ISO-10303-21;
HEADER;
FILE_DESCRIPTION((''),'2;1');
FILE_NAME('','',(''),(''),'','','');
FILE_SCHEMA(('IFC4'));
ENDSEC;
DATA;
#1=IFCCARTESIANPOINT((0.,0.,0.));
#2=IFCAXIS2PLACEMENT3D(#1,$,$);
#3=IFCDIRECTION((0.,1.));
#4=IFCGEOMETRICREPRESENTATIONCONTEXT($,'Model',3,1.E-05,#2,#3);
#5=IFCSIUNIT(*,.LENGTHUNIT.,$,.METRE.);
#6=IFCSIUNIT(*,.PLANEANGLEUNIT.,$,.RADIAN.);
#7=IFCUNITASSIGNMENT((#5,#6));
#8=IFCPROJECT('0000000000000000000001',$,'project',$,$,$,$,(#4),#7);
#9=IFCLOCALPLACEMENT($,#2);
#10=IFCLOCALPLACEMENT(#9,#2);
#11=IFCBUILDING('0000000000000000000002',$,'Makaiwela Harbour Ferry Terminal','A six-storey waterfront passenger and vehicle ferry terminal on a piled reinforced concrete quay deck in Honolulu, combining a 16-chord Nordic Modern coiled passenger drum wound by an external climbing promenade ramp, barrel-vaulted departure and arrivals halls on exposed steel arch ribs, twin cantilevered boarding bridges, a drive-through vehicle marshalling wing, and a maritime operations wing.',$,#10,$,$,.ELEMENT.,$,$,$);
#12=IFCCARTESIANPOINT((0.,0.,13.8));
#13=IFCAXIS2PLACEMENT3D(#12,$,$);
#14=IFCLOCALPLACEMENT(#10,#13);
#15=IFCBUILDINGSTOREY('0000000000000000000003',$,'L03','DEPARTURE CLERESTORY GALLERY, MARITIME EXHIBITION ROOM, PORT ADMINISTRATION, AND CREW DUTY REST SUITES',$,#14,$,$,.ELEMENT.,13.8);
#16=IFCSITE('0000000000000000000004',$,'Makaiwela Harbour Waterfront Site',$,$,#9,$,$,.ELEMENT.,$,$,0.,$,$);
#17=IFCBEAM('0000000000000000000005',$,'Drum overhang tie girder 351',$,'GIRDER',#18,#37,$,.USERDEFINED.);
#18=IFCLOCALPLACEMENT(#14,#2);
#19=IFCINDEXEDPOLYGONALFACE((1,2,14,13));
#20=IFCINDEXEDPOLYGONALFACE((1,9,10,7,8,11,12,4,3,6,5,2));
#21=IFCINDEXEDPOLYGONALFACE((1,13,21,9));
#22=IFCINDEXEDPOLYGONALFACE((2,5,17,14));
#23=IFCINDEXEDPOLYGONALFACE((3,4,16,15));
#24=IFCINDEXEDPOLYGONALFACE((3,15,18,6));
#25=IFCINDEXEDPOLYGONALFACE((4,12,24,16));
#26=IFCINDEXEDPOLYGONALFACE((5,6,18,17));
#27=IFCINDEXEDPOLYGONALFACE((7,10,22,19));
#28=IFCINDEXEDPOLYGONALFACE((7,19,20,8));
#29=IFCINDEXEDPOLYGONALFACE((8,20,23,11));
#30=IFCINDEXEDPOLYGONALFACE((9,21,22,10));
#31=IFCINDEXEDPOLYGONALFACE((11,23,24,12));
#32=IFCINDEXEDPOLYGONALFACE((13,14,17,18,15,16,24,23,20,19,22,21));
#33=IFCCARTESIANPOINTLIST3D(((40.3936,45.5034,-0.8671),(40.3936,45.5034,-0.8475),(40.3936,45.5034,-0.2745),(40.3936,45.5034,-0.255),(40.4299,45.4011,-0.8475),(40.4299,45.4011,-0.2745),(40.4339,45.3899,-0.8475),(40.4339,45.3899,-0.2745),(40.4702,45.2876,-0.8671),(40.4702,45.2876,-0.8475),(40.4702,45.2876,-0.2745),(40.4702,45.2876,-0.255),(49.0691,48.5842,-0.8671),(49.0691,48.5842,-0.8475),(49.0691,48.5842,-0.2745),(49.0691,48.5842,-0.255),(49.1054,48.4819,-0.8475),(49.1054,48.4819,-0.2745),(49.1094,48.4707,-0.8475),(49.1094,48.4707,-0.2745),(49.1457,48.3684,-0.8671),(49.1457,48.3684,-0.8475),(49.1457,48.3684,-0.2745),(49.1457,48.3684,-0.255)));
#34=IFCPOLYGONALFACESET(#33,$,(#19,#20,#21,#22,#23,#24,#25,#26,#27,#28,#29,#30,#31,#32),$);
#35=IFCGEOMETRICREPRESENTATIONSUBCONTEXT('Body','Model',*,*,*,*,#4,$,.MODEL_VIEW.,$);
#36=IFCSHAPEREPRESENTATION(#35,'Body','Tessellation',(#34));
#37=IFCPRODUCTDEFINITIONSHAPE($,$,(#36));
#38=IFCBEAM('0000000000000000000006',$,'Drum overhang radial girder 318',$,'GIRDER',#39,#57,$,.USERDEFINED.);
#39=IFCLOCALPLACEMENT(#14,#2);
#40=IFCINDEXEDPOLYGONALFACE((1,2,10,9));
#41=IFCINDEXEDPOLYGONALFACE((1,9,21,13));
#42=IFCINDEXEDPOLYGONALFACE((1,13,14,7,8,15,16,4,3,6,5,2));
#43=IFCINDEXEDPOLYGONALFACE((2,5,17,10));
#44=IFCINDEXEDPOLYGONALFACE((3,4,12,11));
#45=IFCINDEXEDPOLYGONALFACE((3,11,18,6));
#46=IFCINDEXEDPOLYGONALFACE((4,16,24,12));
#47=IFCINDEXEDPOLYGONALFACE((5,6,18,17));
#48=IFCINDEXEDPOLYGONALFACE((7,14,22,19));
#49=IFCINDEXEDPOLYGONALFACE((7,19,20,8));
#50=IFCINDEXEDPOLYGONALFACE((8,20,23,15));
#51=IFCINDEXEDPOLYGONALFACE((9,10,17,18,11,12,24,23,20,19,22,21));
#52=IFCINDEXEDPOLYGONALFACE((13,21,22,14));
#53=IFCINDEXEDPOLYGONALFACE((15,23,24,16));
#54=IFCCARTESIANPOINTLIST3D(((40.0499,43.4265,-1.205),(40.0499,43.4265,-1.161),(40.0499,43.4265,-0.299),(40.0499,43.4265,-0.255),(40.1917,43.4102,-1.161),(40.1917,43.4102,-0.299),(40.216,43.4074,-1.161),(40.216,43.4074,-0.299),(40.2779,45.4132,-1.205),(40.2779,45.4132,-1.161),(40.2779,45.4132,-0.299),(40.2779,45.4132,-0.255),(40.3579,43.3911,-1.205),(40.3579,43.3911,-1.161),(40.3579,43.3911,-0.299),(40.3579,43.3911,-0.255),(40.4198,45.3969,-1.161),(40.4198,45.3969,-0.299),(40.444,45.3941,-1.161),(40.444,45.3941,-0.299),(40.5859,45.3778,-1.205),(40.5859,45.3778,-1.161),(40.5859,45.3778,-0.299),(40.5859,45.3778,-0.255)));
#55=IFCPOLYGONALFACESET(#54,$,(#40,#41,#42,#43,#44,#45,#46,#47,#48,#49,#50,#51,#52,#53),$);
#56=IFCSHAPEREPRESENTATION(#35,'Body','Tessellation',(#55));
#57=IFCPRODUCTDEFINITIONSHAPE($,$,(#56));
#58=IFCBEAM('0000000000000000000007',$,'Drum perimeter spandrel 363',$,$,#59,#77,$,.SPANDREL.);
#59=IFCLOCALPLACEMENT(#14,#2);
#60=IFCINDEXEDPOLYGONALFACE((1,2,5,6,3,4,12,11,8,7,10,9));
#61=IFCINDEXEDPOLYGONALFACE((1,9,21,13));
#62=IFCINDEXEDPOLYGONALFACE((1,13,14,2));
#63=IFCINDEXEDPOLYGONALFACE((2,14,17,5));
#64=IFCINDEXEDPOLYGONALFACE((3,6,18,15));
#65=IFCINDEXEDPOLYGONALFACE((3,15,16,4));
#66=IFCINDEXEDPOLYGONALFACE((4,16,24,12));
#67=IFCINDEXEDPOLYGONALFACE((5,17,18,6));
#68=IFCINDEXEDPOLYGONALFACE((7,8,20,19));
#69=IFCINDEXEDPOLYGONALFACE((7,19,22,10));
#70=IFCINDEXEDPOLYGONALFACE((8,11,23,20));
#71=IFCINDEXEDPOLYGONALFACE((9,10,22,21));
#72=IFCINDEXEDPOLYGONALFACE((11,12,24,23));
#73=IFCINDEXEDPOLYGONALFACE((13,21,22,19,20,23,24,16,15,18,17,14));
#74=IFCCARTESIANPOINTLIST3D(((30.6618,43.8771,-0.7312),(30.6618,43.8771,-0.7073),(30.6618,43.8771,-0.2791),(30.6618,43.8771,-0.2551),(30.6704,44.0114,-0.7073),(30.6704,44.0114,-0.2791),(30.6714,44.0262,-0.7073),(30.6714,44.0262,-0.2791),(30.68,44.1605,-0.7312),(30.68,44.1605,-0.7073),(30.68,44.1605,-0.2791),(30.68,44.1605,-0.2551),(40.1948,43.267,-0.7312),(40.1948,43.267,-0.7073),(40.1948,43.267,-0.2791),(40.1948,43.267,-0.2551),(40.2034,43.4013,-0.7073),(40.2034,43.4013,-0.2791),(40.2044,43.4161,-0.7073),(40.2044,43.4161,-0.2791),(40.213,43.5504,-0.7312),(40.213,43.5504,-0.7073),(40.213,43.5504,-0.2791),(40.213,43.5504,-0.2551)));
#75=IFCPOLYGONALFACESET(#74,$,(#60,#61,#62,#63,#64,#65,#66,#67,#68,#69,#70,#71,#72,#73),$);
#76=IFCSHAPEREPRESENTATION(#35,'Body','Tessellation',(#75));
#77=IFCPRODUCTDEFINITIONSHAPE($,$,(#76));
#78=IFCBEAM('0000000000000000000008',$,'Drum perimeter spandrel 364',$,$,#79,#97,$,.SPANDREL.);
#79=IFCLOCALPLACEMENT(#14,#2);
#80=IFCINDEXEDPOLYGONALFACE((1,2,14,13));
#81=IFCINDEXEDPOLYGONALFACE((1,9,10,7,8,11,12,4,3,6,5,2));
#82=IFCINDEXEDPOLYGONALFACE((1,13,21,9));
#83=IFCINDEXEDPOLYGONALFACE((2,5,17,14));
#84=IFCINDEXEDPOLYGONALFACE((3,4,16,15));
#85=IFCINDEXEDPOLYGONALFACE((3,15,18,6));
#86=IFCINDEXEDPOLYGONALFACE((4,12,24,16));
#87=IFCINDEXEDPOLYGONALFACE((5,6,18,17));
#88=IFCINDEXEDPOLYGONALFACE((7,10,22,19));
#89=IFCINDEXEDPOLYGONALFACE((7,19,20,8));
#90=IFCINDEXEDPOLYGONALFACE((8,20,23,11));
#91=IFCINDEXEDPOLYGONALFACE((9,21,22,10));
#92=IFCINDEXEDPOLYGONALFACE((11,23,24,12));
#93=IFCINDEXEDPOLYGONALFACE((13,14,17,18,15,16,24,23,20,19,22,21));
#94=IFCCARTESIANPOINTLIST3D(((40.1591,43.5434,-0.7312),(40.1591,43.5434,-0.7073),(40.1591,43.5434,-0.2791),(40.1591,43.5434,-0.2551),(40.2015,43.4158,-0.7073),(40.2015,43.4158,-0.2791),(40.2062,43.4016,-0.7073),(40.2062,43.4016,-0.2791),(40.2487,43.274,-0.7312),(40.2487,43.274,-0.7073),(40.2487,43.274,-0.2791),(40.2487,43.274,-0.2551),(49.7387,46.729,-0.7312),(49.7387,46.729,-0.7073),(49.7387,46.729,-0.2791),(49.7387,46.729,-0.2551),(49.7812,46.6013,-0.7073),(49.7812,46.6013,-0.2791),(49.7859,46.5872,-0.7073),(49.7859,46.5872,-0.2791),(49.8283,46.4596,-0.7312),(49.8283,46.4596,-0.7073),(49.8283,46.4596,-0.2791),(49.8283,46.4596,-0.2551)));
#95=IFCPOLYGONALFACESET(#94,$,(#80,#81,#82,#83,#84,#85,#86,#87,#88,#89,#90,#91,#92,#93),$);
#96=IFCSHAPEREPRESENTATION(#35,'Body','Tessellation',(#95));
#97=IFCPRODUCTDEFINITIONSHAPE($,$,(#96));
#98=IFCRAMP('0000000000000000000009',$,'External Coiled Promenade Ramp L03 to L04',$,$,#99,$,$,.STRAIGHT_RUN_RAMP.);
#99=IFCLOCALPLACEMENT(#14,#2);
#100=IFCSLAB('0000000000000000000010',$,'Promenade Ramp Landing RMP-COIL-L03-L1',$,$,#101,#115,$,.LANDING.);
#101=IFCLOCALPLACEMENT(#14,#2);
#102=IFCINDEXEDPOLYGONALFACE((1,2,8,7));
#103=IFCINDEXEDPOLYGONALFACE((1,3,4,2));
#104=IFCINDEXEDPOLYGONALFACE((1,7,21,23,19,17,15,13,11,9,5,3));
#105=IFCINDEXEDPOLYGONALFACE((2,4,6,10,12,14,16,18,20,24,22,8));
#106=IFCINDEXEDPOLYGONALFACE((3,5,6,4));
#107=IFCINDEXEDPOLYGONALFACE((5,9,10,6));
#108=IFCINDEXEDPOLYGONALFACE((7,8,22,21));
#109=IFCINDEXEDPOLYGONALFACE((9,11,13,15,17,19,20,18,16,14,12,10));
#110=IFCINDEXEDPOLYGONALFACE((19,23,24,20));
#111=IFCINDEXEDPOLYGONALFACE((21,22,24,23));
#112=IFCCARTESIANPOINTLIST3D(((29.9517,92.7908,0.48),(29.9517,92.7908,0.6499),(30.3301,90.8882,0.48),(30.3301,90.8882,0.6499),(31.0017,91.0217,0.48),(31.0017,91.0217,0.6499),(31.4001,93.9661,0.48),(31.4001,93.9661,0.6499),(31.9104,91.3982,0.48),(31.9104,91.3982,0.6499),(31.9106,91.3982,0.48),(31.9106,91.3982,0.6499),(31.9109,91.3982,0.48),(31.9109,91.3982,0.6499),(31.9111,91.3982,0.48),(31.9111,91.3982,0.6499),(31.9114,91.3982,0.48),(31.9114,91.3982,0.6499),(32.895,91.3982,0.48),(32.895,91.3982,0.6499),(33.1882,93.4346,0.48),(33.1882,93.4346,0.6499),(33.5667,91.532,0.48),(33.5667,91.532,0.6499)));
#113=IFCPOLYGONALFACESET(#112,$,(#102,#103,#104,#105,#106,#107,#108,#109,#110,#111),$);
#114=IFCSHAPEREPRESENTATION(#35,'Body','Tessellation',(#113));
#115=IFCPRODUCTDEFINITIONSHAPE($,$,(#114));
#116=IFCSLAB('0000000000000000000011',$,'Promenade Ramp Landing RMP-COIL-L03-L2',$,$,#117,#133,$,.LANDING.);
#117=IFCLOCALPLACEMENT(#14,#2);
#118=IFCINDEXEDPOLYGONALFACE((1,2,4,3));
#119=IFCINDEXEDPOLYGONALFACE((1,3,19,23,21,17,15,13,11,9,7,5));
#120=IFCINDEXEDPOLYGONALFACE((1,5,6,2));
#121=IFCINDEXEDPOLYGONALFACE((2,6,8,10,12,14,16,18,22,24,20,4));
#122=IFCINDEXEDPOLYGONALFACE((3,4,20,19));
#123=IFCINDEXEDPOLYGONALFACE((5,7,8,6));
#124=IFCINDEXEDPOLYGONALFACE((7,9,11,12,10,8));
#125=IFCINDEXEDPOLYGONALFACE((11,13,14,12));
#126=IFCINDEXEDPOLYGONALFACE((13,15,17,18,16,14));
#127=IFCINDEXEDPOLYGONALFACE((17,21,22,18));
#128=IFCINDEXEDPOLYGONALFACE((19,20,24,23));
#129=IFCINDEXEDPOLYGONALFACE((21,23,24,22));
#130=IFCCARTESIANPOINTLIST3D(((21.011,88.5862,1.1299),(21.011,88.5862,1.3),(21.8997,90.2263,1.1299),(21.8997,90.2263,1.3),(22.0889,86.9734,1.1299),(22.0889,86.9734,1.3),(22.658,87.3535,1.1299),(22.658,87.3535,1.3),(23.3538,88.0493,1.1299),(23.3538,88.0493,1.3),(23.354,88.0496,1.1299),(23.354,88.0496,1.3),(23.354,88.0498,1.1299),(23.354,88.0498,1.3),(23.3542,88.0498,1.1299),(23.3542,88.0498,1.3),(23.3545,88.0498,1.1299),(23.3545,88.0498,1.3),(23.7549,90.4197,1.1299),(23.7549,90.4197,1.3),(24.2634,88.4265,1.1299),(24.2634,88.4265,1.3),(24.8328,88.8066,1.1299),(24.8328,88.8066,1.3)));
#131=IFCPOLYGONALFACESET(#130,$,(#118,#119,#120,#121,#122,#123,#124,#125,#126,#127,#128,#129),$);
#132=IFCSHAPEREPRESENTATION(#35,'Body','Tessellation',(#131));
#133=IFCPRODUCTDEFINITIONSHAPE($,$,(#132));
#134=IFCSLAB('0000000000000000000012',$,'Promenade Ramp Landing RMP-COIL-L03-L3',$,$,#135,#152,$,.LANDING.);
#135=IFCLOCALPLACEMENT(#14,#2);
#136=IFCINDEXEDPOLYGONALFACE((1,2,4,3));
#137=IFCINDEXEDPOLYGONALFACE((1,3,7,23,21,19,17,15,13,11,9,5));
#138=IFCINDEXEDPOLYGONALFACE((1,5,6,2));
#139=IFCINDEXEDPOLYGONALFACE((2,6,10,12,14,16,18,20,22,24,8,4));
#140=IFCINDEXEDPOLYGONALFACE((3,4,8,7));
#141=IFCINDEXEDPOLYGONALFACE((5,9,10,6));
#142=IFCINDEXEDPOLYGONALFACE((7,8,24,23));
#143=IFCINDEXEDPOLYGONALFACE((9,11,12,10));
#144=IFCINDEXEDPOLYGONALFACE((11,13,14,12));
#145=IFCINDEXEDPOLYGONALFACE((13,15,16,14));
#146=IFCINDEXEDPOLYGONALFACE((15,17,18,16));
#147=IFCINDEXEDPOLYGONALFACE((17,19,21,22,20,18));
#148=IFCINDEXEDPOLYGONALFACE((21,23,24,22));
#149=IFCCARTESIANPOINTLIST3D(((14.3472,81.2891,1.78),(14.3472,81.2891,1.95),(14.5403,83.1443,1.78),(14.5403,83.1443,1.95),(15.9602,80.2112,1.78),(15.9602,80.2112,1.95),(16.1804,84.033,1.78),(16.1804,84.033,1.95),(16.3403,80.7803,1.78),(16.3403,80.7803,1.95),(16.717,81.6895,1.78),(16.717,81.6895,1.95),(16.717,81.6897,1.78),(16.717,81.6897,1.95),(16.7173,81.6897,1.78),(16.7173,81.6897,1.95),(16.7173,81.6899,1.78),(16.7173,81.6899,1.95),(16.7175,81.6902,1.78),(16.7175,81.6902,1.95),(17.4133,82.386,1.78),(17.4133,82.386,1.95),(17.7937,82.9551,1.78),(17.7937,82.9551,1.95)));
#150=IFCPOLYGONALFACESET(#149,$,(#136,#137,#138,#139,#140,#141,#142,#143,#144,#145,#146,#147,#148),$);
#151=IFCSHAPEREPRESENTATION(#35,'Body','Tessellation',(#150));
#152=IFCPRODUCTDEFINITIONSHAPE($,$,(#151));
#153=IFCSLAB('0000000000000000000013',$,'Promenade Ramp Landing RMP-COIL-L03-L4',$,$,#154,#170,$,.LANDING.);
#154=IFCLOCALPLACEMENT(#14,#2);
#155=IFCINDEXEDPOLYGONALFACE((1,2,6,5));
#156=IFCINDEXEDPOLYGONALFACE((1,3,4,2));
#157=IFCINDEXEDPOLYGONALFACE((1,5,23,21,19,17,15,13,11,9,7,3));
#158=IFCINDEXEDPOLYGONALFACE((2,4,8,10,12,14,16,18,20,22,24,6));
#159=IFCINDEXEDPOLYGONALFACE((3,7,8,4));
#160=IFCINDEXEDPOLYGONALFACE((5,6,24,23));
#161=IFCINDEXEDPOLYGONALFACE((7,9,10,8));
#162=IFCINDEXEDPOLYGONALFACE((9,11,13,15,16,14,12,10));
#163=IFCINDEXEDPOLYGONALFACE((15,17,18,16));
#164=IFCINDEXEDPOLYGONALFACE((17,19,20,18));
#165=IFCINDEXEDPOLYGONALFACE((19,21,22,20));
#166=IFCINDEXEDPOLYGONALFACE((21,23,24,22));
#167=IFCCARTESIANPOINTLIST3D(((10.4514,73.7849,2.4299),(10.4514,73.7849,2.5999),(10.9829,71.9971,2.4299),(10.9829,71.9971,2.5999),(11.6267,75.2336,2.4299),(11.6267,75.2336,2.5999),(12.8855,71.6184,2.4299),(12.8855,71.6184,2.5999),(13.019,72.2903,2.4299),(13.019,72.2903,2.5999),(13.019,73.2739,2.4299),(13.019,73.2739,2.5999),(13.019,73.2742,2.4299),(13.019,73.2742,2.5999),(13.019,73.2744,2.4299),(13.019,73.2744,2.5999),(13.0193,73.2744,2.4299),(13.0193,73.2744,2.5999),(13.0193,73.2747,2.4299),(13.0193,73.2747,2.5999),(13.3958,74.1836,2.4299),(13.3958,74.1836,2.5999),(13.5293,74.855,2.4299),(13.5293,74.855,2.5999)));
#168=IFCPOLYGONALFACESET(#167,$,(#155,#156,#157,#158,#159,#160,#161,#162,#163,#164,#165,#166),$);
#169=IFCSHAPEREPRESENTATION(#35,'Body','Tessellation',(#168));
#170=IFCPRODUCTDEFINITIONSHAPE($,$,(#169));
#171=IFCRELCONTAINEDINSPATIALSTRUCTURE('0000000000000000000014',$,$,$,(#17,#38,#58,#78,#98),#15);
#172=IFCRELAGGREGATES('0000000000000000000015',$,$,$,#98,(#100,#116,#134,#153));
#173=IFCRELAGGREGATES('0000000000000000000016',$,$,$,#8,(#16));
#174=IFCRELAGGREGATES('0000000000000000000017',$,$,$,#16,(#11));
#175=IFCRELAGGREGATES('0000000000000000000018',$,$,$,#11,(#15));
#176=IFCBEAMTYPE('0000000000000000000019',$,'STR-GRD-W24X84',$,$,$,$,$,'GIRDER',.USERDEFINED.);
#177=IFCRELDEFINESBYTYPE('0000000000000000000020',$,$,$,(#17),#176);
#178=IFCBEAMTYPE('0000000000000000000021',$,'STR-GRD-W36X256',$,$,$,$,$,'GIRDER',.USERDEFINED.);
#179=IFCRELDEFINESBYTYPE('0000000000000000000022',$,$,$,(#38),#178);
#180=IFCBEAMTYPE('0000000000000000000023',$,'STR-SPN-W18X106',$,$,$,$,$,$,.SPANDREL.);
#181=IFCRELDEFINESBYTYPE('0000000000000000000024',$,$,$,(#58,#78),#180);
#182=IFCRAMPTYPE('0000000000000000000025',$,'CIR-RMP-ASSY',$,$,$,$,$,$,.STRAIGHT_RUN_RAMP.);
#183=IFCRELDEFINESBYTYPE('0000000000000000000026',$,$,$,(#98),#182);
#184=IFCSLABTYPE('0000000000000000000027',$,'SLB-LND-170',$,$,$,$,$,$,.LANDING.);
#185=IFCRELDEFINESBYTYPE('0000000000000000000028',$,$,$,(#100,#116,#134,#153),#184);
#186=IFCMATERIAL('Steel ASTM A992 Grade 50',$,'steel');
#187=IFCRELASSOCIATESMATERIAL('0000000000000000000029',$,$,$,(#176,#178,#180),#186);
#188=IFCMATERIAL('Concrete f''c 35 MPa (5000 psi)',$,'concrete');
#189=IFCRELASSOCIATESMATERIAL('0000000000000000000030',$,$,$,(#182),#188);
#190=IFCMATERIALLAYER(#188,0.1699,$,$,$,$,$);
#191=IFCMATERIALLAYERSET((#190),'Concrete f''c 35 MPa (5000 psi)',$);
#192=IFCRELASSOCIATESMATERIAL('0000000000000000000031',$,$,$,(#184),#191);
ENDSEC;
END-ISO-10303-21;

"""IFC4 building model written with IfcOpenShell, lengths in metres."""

from ifc_helpers import new_model, si_unit, direction, frame, origin, origin_2d, place, context, subcontext, project, spatial, polyline, i_section, outline, extrude, material, layer, layer_set, material_profile, profile_set, type_object, element, aggregate, save


model = new_model("IFC4")

# Units and contexts
model_context = context("Model", 3, precision=1e-05, world=origin(), true_north=direction((0.0, 1.0)))
body_context = subcontext(model_context, "Body", "Model", "MODEL_VIEW")
ifc_project = project(units=[si_unit("LENGTHUNIT", "METRE"), si_unit("PLANEANGLEUNIT", "RADIAN")], contexts=[model_context])

# Site, building, storey
site_placement = place(None, origin())
site = spatial("IfcSite", under=ifc_project, at=site_placement, Name="Makaiwela Harbour Waterfront Site", CompositionType="ELEMENT", RefElevation=0.0)
building_placement = place(site_placement, origin())
building = spatial("IfcBuilding", under=site, at=building_placement, Name="Makaiwela Harbour Ferry Terminal", Description="A six-storey waterfront passenger and vehicle ferry terminal on a piled reinforced concrete quay deck in Honolulu, combining a 16-chord Nordic Modern coiled passenger drum wound by an external climbing promenade ramp, barrel-vaulted departure and arrivals halls on exposed steel arch ribs, twin cantilevered boarding bridges, a drive-through vehicle marshalling wing, and a maritime operations wing.", CompositionType="ELEMENT")
storey_placement = place(building_placement, frame((0.0, 0.0, 13.8)))
storey = spatial("IfcBuildingStorey", under=building, at=storey_placement, Name="L03", Description="DEPARTURE CLERESTORY GALLERY, MARITIME EXHIBITION ROOM, PORT ADMINISTRATION, AND CREW DUTY REST SUITES", CompositionType="ELEMENT", Elevation=13.8)

# Beams
ifc_material_1 = material(Name="Steel ASTM A992 Grade 50", Category="steel")
ifc_material_profile_1 = material_profile(ifc_material_1, i_section(OverallWidth=0.229, OverallDepth=0.6121, WebThickness=0.012, FlangeThickness=0.0195, at=origin_2d()), Name="W24X84")
ifc_profile_set_1 = profile_set([ifc_material_profile_1], Name="Steel ASTM A992 Grade 50")
beam_type_1 = type_object("IfcBeamType", Name="STR-GRD-W24X84", ElementType="GIRDER", PredefinedType="USERDEFINED", material=ifc_profile_set_1)
beam_1_placement = place(storey_placement, frame((40.4319, 45.3955, -0.561), z_axis=(0.942346, 0.334641, 0.0), x_axis=(-0.334641, 0.942346, 0.0)))
element("IfcBeam", 1, at=beam_1_placement, inside=storey, type_object=beam_type_1, Name="Drum overhang tie girder 351", ObjectType="GIRDER", PredefinedType="USERDEFINED", context=body_context, shape_type="SweptSolid", body=[
    extrude(i_section(OverallWidth=0.229, OverallDepth=0.6121, WebThickness=0.012, FlangeThickness=0.0195, at=origin_2d()), origin(), (0.0, 0.0, 1.0), 9.2063),
])
ifc_material_profile_2 = material_profile(ifc_material_1, i_section(OverallWidth=0.3101, OverallDepth=0.95, WebThickness=0.0244, FlangeThickness=0.0439, at=origin_2d()), Name="W36X256")
ifc_profile_set_2 = profile_set([ifc_material_profile_2], Name="Steel ASTM A992 Grade 50")
beam_type_2 = type_object("IfcBeamType", Name="STR-GRD-W36X256", ElementType="GIRDER", PredefinedType="USERDEFINED", material=ifc_profile_set_2)
beam_2_placement = place(storey_placement, frame((40.4319, 45.3955, -0.73), z_axis=(-0.114022, -0.993478, 0.0), x_axis=(0.993478, -0.114022, 0.0)))
element("IfcBeam", 2, at=beam_2_placement, inside=storey, type_object=beam_type_2, Name="Drum overhang radial girder 318", ObjectType="GIRDER", PredefinedType="USERDEFINED", context=body_context, shape_type="SweptSolid", body=[
    extrude(i_section(OverallWidth=0.3101, OverallDepth=0.95, WebThickness=0.0244, FlangeThickness=0.0439, at=origin_2d()), origin(), (0.0, 0.0, 1.0), 1.9998),
])
ifc_material_profile_3 = material_profile(ifc_material_1, i_section(OverallWidth=0.2839, OverallDepth=0.4761, WebThickness=0.0149, FlangeThickness=0.0239, at=origin_2d()), Name="W18X106")
ifc_profile_set_3 = profile_set([ifc_material_profile_3], Name="Steel ASTM A992 Grade 50")
beam_type_3 = type_object("IfcBeamType", Name="STR-SPN-W18X106", PredefinedType="SPANDREL", material=ifc_profile_set_3)
beam_3_placement = place(storey_placement, frame((30.6709, 44.0188, -0.4932), z_axis=(0.997958, -0.063869, 0.0), x_axis=(0.063869, 0.997958, 0.0)))
element("IfcBeam", 3, at=beam_3_placement, inside=storey, type_object=beam_type_3, Name="Drum perimeter spandrel 363", PredefinedType="SPANDREL", context=body_context, shape_type="SweptSolid", body=[
    extrude(i_section(OverallWidth=0.2839, OverallDepth=0.4761, WebThickness=0.0149, FlangeThickness=0.0239, at=origin_2d()), origin(), (0.0, 0.0, 1.0), 9.5525),
])
beam_4_placement = place(storey_placement, frame((40.2039, 43.4087, -0.4932), z_axis=(0.94891, 0.315546, 0.0), x_axis=(-0.315546, 0.94891, 0.0)))
element("IfcBeam", 4, at=beam_4_placement, inside=storey, type_object=beam_type_3, Name="Drum perimeter spandrel 364", PredefinedType="SPANDREL", context=body_context, shape_type="SweptSolid", body=[
    extrude(i_section(OverallWidth=0.2839, OverallDepth=0.4761, WebThickness=0.0149, FlangeThickness=0.0239, at=origin_2d()), origin(), (0.0, 0.0, 1.0), 10.0955),
])

# Ramp, slabs
ifc_material_2 = material(Name="Concrete f'c 35 MPa (5000 psi)", Category="concrete")
ramp_type = type_object("IfcRampType", Name="CIR-RMP-ASSY", PredefinedType="STRAIGHT_RUN_RAMP", material=ifc_material_2)
ramp_placement = place(storey_placement, origin())
ramp = element("IfcRamp", 5, at=ramp_placement, inside=storey, type_object=ramp_type, Name="External Coiled Promenade Ramp L03 to L04", PredefinedType="STRAIGHT_RUN_RAMP")
ifc_layer_1 = layer(ifc_material_2, 0.1699)
ifc_layer_set_1 = layer_set([ifc_layer_1], Name="Concrete f'c 35 MPa (5000 psi)")
slab_type = type_object("IfcSlabType", Name="SLB-LND-170", PredefinedType="LANDING", material=ifc_layer_set_1)
slab_1_placement = place(storey_placement, frame((0.0, 0.0, 0.48)))
slab_1 = element("IfcSlab", 6, at=slab_1_placement, type_object=slab_type, Name="Promenade Ramp Landing RMP-COIL-L03-L1", PredefinedType="LANDING", context=body_context, shape_type="SweptSolid", body=[
    extrude(outline(polyline([(31.0017, 91.0217), (31.9104, 91.3982), (31.9106, 91.3982), (31.9109, 91.3982), (31.9111, 91.3982), (31.9114, 91.3982), (32.895, 91.3982), (33.5667, 91.532), (33.1882, 93.4346), (31.4001, 93.9661), (29.9517, 92.7908), (30.3301, 90.8882), (31.0017, 91.0217)])), origin(), (0.0, 0.0, 1.0), 0.1699),
])
slab_2_placement = place(storey_placement, frame((0.0, 0.0, 1.1299)))
slab_2 = element("IfcSlab", 7, at=slab_2_placement, type_object=slab_type, Name="Promenade Ramp Landing RMP-COIL-L03-L2", PredefinedType="LANDING", context=body_context, shape_type="SweptSolid", body=[
    extrude(outline(polyline([(22.658, 87.3535), (23.3538, 88.0493), (23.354, 88.0496), (23.354, 88.0498), (23.3542, 88.0498), (23.3545, 88.0498), (24.2634, 88.4265), (24.8328, 88.8066), (23.7549, 90.4197), (21.8997, 90.2263), (21.011, 88.5862), (22.0889, 86.9734), (22.658, 87.3535)])), origin(), (0.0, 0.0, 1.0), 0.1702),
])
slab_3_placement = place(storey_placement, frame((0.0, 0.0, 1.78)))
slab_3 = element("IfcSlab", 8, at=slab_3_placement, type_object=slab_type, Name="Promenade Ramp Landing RMP-COIL-L03-L3", PredefinedType="LANDING", context=body_context, shape_type="SweptSolid", body=[
    extrude(outline(polyline([(16.3403, 80.7803), (16.717, 81.6895), (16.717, 81.6897), (16.7173, 81.6897), (16.7173, 81.6899), (16.7175, 81.6902), (17.4133, 82.386), (17.7937, 82.9551), (16.1804, 84.033), (14.5403, 83.1443), (14.3472, 81.2891), (15.9602, 80.2112), (16.3403, 80.7803)])), origin(), (0.0, 0.0, 1.0), 0.1699),
])
slab_4_placement = place(storey_placement, frame((0.0, 0.0, 2.4299)))
slab_4 = element("IfcSlab", 9, at=slab_4_placement, type_object=slab_type, Name="Promenade Ramp Landing RMP-COIL-L03-L4", PredefinedType="LANDING", context=body_context, shape_type="SweptSolid", body=[
    extrude(outline(polyline([(13.019, 72.2903), (13.019, 73.2739), (13.019, 73.2742), (13.019, 73.2744), (13.0193, 73.2744), (13.0193, 73.2747), (13.3958, 74.1836), (13.5293, 74.855), (11.6267, 75.2336), (10.4514, 73.7849), (10.9829, 71.9971), (12.8855, 71.6184), (13.019, 72.2903)])), origin(), (0.0, 0.0, 1.0), 0.1699),
])
aggregate(ramp, [slab_1, slab_2, slab_3, slab_4])

save(model, "model.ifc")
